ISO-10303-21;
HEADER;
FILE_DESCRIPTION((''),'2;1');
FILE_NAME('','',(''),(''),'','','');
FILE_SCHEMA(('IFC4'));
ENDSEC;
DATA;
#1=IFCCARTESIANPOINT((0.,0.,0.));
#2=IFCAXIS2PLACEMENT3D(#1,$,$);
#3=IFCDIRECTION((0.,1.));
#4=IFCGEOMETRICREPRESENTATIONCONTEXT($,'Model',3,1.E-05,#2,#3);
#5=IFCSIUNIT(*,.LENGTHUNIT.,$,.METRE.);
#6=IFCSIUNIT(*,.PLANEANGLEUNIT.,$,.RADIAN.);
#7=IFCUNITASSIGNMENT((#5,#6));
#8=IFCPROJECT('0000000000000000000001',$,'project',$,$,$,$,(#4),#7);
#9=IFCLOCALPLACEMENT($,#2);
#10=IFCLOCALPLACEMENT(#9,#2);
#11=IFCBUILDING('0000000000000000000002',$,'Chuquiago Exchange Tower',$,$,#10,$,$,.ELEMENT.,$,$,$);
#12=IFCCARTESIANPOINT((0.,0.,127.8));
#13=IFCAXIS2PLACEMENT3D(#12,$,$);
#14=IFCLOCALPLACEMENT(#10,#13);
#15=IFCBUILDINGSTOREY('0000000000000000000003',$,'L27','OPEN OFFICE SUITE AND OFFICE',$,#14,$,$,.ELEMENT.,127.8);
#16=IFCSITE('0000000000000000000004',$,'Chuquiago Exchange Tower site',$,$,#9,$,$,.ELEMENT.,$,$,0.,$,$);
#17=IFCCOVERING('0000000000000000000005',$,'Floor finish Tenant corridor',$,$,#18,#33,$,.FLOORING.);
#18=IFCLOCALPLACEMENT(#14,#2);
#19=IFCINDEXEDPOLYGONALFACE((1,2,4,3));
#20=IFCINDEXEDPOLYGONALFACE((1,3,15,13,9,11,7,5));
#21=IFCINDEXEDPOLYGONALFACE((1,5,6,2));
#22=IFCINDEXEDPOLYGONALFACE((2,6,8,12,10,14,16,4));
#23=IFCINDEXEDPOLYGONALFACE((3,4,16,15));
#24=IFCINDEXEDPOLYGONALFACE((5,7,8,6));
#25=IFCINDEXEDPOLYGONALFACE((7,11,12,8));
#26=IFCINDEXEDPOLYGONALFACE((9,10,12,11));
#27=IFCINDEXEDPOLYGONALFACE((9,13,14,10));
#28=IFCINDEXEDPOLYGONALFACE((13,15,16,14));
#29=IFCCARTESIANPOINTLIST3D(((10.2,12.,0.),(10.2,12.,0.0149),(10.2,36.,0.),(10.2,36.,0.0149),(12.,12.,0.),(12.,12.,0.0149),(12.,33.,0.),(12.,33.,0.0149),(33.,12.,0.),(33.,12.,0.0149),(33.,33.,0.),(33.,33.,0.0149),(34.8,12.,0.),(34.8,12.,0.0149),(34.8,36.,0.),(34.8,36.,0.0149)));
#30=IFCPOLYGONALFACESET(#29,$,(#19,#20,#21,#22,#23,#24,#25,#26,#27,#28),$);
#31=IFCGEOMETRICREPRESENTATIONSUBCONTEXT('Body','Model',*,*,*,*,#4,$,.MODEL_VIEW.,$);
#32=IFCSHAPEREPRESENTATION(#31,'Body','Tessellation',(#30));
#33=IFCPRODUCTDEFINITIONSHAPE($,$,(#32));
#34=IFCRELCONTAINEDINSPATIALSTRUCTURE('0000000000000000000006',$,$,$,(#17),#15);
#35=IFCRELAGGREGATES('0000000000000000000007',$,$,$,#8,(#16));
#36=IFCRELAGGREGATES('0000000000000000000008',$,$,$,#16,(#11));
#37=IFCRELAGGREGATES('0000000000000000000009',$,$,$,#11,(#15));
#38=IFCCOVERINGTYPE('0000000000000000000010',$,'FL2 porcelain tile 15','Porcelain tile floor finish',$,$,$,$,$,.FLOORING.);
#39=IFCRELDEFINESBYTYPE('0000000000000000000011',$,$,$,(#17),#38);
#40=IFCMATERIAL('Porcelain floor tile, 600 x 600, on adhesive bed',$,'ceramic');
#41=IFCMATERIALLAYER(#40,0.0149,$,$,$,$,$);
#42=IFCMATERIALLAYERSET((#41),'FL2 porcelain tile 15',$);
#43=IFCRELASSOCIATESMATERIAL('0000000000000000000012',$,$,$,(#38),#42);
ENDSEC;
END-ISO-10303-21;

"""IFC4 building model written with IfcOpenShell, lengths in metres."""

from ifc_helpers import new_model, si_unit, direction, frame, origin, place, context, subcontext, project, spatial, polyline, outline, extrude, material, layer, layer_set, type_object, element, save


model = new_model("IFC4")

# Units and contexts
model_context = context("Model", 3, precision=1e-05, world=origin(), true_north=direction((0.0, 1.0)))
body_context = subcontext(model_context, "Body", "Model", "MODEL_VIEW")
ifc_project = project(units=[si_unit("LENGTHUNIT", "METRE"), si_unit("PLANEANGLEUNIT", "RADIAN")], contexts=[model_context])

# Site, building, storey
site_placement = place(None, origin())
site = spatial("IfcSite", under=ifc_project, at=site_placement, Name="Chuquiago Exchange Tower site", CompositionType="ELEMENT", RefElevation=0.0)
building_placement = place(site_placement, origin())
building = spatial("IfcBuilding", under=site, at=building_placement, Name="Chuquiago Exchange Tower", CompositionType="ELEMENT")
storey_placement = place(building_placement, frame((0.0, 0.0, 127.8)))
storey = spatial("IfcBuildingStorey", under=building, at=storey_placement, Name="L27", Description="OPEN OFFICE SUITE AND OFFICE", CompositionType="ELEMENT", Elevation=127.8)

# Covering
ifc_material_1 = material(Name="Porcelain floor tile, 600 x 600, on adhesive bed", Category="ceramic")
ifc_layer_1 = layer(ifc_material_1, 0.0149)
ifc_layer_set_1 = layer_set([ifc_layer_1], Name="FL2 porcelain tile 15")
covering_type_1 = type_object("IfcCoveringType", Name="FL2 porcelain tile 15", Description="Porcelain tile floor finish", PredefinedType="FLOORING", material=ifc_layer_set_1)
covering_1_placement = place(storey_placement, origin())
element("IfcCovering", 1, at=covering_1_placement, inside=storey, type_object=covering_type_1, Name="Floor finish Tenant corridor", PredefinedType="FLOORING", context=body_context, shape_type="SweptSolid", body=[
    extrude(outline(polyline([(12.0, 33.0), (12.0, 12.0), (10.2, 12.0), (10.2, 36.0), (34.8, 36.0), (34.8, 12.0), (33.0, 12.0), (33.0, 33.0), (12.0, 33.0)])), origin(), (0.0, 0.0, 1.0), 0.0149),
])

save(model, "model.ifc")
